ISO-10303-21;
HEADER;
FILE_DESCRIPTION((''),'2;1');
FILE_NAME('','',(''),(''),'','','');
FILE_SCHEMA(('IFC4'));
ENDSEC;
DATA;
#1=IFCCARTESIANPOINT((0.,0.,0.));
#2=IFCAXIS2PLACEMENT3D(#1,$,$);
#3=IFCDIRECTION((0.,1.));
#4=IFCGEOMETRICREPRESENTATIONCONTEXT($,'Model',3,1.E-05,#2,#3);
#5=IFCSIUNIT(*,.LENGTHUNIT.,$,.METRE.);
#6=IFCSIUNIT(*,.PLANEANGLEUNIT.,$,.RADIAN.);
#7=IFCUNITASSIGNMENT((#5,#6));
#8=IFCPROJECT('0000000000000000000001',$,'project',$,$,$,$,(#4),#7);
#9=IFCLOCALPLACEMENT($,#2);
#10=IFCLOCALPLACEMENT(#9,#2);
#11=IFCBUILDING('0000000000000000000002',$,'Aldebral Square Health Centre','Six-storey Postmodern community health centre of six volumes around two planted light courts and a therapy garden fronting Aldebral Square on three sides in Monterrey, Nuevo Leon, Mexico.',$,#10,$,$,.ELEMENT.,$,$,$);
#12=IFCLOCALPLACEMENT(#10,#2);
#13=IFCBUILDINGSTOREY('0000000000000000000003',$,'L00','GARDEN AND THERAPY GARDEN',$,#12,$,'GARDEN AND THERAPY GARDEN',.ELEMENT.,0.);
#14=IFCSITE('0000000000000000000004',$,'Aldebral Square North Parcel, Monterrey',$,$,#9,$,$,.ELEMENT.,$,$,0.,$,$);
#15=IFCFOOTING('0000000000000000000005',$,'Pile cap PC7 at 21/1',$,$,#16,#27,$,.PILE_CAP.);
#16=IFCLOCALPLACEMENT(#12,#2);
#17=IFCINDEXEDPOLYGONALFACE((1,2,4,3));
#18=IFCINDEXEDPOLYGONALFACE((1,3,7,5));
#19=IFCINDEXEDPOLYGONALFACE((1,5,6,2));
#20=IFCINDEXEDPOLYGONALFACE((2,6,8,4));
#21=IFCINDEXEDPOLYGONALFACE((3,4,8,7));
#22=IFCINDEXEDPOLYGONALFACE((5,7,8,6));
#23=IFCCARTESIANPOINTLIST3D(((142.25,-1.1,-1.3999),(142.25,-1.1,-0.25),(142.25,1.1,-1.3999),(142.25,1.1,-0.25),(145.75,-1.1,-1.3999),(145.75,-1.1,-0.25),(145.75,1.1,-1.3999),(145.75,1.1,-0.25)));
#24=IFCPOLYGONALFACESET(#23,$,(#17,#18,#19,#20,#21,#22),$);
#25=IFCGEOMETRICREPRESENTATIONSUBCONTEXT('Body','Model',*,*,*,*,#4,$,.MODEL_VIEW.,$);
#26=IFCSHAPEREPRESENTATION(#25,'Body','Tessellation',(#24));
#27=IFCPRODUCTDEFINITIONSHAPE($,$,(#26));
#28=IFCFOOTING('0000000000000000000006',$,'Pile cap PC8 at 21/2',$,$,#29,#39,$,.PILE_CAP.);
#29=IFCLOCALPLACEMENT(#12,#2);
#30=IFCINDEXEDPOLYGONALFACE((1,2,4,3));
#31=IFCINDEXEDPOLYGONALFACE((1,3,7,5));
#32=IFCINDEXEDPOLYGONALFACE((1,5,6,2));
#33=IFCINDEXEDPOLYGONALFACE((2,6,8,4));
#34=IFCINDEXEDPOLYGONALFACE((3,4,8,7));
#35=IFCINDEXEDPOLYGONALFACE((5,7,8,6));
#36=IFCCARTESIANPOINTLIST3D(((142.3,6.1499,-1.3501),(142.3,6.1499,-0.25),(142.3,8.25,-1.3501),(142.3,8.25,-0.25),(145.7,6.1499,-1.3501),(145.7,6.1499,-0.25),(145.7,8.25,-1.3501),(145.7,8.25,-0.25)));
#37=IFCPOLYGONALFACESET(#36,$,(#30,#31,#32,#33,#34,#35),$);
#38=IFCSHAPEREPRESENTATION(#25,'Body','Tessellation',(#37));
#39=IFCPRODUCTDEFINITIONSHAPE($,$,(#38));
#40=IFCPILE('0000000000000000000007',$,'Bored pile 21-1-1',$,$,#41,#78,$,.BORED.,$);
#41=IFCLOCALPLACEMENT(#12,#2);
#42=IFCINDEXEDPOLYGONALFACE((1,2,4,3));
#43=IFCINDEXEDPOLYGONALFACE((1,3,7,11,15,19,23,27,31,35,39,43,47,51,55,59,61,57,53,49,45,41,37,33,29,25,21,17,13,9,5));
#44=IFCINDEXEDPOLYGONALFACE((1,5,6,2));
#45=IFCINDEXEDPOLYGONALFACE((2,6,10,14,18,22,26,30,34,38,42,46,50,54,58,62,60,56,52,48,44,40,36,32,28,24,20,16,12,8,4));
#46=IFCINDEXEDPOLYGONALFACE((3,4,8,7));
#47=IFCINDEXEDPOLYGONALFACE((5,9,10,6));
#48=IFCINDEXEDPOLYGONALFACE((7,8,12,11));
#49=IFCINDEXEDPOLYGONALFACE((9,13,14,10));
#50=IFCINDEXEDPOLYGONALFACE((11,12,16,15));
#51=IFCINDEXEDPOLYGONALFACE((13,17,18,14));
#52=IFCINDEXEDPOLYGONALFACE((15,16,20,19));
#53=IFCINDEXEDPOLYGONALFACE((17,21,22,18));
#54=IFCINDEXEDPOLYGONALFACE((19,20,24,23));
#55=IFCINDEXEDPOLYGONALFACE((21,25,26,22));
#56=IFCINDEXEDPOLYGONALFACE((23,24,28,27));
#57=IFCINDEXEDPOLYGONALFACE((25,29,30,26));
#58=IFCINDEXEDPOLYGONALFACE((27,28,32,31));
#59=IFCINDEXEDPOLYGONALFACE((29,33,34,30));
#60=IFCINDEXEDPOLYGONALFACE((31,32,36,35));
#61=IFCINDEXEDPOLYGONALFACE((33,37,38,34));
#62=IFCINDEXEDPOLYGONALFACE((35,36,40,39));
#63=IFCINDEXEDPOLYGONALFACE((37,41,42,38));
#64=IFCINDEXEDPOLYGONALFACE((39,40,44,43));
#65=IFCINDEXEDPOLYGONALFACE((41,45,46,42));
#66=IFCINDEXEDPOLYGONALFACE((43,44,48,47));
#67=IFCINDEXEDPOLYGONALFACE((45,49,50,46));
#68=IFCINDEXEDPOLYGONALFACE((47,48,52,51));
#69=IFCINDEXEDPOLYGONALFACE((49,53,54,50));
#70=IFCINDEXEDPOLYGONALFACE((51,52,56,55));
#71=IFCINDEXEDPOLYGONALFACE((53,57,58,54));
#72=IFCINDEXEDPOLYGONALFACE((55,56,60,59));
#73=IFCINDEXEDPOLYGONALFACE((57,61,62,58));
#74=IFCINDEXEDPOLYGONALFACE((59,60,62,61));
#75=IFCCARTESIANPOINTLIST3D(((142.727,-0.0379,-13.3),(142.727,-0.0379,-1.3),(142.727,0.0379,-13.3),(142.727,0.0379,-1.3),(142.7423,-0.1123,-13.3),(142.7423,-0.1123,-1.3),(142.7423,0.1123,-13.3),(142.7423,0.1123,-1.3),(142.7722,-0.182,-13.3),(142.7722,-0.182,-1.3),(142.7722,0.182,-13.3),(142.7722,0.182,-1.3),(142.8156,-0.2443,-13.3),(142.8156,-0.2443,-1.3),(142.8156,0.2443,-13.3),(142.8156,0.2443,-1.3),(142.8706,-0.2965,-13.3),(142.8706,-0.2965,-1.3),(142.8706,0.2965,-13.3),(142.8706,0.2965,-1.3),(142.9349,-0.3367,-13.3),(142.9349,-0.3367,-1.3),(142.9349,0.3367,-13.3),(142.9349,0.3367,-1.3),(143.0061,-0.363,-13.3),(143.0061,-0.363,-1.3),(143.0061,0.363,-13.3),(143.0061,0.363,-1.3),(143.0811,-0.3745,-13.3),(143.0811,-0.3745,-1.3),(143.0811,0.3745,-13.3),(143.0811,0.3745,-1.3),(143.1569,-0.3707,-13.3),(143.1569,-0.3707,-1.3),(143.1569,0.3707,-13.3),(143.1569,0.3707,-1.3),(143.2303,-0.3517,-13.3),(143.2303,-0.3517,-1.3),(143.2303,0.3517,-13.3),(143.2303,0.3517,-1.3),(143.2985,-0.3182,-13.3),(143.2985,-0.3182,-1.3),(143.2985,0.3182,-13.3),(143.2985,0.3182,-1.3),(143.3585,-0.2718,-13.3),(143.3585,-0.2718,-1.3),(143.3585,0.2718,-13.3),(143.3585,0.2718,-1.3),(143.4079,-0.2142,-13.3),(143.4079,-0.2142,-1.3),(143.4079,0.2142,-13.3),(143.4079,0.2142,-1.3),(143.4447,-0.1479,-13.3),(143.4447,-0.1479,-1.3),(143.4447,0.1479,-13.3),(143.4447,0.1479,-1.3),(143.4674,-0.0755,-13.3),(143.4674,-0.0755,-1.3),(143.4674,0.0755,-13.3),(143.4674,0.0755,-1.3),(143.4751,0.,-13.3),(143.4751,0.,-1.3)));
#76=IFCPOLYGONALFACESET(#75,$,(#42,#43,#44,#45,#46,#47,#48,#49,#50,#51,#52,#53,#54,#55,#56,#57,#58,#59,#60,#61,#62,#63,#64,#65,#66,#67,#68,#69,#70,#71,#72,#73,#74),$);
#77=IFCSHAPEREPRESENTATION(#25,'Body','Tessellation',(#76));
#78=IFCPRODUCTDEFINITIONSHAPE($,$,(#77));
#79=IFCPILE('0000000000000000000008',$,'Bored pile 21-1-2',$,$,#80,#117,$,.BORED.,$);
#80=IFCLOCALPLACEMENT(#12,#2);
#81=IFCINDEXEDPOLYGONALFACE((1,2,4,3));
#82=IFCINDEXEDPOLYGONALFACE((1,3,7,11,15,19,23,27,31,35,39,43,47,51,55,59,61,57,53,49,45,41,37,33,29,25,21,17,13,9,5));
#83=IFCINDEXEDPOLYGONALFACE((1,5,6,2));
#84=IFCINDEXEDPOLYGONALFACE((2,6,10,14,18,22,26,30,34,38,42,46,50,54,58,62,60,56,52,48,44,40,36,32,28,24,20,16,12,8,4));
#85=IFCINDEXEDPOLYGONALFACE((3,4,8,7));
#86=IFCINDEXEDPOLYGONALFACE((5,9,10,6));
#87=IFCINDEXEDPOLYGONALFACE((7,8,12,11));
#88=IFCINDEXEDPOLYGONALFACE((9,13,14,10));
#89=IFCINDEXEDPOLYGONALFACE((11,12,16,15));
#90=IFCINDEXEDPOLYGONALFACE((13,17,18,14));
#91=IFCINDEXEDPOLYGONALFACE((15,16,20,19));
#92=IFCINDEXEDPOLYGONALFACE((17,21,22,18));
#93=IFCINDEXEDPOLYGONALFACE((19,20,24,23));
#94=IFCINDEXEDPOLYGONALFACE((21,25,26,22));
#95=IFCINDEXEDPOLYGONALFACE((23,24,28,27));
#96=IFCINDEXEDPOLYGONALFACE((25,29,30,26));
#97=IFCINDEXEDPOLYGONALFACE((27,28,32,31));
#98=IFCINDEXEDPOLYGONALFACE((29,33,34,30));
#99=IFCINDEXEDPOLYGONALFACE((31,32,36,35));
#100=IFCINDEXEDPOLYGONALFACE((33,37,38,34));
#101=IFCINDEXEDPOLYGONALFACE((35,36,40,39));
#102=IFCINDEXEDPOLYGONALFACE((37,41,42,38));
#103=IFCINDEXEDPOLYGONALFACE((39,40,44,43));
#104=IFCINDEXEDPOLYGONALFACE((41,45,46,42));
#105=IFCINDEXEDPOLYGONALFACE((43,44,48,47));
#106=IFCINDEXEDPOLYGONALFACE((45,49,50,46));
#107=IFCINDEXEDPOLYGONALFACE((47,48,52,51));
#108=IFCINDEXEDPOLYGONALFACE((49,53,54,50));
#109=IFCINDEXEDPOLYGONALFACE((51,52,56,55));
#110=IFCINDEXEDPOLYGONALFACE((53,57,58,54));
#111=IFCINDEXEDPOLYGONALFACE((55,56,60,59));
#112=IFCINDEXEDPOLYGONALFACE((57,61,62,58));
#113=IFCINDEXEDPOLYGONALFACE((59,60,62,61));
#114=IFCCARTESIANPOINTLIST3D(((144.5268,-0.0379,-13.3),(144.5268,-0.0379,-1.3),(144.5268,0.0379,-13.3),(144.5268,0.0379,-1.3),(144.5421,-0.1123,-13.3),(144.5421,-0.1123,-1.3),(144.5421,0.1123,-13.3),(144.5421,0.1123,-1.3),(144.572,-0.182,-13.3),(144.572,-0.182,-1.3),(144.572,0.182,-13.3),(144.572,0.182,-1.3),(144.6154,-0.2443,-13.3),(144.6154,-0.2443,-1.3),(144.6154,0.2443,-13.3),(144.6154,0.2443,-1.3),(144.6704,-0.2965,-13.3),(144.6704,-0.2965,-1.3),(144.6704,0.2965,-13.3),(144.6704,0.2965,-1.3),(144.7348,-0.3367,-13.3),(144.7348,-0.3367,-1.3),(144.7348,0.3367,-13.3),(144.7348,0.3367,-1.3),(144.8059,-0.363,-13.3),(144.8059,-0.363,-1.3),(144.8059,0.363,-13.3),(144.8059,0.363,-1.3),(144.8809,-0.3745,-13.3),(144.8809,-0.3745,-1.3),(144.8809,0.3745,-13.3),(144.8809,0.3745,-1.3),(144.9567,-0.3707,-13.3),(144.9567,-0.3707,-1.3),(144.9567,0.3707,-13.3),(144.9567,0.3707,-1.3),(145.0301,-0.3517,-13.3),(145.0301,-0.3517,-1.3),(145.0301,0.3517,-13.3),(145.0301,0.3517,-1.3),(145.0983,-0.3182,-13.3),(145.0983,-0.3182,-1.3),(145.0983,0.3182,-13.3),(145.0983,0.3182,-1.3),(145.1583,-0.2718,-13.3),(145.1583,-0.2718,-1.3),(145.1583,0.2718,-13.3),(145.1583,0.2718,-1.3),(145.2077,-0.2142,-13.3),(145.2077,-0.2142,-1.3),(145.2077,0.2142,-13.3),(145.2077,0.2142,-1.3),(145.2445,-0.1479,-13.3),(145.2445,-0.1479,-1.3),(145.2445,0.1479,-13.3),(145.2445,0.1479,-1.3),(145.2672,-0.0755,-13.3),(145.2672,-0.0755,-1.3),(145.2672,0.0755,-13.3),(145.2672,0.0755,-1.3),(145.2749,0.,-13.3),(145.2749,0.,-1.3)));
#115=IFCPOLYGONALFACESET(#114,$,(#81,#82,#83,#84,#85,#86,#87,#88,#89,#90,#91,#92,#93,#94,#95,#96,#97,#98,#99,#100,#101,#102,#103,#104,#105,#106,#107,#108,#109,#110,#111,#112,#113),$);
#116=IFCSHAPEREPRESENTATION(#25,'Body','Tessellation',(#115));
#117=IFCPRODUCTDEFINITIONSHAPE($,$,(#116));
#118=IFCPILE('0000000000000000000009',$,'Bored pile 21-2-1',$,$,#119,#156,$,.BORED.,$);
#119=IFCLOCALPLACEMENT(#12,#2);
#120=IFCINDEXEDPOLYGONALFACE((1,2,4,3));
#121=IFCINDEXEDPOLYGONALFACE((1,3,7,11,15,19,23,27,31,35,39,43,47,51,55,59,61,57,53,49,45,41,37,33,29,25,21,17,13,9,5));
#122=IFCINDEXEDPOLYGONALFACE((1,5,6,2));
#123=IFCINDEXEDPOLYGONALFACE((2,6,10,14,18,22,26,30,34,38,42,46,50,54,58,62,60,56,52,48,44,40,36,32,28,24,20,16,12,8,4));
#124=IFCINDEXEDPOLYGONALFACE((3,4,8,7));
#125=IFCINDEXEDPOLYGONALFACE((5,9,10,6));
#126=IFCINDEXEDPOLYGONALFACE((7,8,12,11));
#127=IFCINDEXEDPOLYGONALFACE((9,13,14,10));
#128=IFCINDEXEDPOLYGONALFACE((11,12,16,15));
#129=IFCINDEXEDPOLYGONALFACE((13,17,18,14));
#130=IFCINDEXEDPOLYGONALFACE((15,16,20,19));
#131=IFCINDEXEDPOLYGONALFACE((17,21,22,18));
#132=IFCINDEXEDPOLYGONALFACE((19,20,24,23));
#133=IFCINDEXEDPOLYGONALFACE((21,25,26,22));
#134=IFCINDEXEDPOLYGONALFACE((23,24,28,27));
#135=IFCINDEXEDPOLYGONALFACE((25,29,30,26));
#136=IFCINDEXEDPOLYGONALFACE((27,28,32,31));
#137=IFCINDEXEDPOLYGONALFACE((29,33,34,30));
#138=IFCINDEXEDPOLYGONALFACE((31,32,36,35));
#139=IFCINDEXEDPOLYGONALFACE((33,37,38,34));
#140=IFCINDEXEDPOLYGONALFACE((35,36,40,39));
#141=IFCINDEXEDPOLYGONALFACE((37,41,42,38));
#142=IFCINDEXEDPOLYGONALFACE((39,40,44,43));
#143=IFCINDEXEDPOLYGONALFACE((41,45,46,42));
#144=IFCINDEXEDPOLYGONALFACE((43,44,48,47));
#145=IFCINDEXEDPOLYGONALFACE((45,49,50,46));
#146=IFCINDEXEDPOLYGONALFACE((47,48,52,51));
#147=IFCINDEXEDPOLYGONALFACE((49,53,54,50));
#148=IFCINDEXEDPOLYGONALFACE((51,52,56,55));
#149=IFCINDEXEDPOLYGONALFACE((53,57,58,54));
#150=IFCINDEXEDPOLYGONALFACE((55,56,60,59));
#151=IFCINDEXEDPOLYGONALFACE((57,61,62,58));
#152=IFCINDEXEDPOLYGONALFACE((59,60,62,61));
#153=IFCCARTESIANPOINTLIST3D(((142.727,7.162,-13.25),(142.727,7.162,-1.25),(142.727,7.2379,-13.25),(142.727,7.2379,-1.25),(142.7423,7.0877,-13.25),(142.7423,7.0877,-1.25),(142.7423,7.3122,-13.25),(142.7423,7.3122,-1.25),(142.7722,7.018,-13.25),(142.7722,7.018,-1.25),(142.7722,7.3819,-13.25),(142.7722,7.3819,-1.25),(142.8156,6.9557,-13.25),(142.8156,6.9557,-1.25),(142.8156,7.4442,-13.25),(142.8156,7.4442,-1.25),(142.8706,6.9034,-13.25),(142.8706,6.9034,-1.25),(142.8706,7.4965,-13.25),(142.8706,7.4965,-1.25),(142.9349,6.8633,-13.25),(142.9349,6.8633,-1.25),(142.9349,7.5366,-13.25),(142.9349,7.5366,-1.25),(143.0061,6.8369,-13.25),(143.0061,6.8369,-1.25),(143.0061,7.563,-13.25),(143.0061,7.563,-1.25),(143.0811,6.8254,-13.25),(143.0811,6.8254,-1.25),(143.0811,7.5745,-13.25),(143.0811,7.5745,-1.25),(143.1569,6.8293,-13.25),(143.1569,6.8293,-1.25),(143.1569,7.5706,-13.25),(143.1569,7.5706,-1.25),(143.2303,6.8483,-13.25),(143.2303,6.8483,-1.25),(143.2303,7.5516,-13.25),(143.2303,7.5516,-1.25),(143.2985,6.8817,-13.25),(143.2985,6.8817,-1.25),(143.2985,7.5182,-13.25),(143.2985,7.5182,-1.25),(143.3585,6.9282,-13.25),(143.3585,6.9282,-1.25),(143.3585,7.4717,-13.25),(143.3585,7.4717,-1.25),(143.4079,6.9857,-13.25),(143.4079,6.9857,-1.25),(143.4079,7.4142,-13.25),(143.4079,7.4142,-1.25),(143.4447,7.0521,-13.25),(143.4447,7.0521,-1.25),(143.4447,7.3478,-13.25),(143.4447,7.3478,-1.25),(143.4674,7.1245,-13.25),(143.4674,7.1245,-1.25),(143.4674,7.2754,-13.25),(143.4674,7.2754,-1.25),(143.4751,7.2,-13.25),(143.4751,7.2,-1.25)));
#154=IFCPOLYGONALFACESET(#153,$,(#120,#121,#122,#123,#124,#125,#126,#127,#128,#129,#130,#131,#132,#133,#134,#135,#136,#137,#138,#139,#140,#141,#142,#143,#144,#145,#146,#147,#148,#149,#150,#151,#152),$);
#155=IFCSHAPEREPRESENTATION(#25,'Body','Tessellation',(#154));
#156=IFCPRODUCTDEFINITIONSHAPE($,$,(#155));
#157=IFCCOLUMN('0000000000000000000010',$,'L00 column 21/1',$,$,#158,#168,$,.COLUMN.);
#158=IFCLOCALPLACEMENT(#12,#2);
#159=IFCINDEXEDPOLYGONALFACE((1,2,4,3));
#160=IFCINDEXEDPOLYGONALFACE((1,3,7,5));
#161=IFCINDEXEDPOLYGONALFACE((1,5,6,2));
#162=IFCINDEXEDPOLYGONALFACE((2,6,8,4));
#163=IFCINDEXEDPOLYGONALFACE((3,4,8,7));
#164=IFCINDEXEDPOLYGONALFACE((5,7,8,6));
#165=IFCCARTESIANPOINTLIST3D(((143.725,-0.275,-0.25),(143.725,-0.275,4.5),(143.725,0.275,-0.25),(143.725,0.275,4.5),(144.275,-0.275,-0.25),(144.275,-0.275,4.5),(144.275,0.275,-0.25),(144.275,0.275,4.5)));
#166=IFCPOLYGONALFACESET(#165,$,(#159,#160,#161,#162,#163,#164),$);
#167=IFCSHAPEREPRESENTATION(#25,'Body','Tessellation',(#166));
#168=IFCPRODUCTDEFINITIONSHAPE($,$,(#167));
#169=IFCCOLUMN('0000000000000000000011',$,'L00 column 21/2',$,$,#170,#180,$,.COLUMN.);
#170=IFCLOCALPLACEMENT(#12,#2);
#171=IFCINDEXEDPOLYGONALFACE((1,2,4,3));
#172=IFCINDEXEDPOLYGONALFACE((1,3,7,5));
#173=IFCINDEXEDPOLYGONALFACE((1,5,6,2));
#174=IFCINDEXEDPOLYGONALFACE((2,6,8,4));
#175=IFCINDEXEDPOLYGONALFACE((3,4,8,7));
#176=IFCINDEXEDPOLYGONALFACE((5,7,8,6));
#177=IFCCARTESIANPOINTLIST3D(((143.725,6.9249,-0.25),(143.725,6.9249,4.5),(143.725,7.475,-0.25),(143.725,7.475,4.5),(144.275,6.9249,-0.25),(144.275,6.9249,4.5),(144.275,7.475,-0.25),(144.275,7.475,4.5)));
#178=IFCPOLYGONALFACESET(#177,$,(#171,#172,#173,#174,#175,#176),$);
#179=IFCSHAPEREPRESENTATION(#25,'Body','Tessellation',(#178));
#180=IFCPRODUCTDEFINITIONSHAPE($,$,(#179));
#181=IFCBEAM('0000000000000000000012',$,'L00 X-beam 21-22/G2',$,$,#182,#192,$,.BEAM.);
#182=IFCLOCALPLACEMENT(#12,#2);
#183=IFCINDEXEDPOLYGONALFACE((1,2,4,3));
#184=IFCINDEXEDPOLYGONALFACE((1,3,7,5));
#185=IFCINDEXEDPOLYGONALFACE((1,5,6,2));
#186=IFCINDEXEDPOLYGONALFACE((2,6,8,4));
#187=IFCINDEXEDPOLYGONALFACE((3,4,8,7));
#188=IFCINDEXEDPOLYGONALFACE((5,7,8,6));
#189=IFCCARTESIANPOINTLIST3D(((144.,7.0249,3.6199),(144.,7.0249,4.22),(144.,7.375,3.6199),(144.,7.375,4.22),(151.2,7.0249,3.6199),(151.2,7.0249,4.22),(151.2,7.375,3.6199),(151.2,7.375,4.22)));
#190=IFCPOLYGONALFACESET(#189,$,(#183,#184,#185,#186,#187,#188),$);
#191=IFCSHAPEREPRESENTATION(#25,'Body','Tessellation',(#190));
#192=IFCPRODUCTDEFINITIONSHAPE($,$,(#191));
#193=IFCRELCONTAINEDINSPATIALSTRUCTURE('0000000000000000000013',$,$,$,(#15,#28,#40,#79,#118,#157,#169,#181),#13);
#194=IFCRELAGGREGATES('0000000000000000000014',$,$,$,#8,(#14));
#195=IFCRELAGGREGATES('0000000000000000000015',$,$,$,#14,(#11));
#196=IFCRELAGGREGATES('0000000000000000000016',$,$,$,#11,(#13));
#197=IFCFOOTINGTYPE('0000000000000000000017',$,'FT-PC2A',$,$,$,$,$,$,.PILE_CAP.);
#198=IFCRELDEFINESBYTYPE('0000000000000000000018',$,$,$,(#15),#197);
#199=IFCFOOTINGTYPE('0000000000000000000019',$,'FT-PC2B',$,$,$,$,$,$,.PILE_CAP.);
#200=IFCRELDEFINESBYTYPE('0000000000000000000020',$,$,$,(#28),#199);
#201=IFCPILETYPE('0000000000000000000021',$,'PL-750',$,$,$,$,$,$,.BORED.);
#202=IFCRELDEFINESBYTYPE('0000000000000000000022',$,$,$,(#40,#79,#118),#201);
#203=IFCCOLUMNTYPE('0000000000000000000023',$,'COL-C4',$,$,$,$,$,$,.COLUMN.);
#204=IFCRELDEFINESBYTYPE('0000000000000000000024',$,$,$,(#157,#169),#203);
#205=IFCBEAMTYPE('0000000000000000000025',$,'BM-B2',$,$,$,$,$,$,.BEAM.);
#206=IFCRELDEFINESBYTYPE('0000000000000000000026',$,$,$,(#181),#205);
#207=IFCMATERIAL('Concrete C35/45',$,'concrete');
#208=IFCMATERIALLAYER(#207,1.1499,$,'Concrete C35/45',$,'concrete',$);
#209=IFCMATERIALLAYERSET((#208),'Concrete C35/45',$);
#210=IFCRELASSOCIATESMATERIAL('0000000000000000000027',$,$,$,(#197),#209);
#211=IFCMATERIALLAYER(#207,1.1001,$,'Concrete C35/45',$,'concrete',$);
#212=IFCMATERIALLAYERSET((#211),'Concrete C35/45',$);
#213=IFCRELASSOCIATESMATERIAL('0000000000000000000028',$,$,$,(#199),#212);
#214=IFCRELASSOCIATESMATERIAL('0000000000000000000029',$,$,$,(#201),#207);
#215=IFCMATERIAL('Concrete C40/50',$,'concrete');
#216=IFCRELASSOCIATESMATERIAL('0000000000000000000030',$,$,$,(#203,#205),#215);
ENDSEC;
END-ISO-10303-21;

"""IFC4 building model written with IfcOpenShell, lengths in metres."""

from ifc_helpers import new_model, si_unit, direction, frame, origin, origin_2d, place, context, subcontext, project, spatial, rectangle, circle, extrude, material, layer, layer_set, material_profile, profile_set, type_object, element, save


model = new_model("IFC4")

# Units and contexts
model_context = context("Model", 3, precision=1e-05, world=origin(), true_north=direction((0.0, 1.0)))
body_context = subcontext(model_context, "Body", "Model", "MODEL_VIEW")
ifc_project = project(units=[si_unit("LENGTHUNIT", "METRE"), si_unit("PLANEANGLEUNIT", "RADIAN")], contexts=[model_context])

# Site, building, storey
site_placement = place(None, origin())
site = spatial("IfcSite", under=ifc_project, at=site_placement, Name="Aldebral Square North Parcel, Monterrey", CompositionType="ELEMENT", RefElevation=0.0)
building_placement = place(site_placement, origin())
building = spatial("IfcBuilding", under=site, at=building_placement, Name="Aldebral Square Health Centre", Description="Six-storey Postmodern community health centre of six volumes around two planted light courts and a therapy garden fronting Aldebral Square on three sides in Monterrey, Nuevo Leon, Mexico.", CompositionType="ELEMENT")
storey_placement = place(building_placement, origin())
storey = spatial("IfcBuildingStorey", under=building, at=storey_placement, Name="L00", Description="GARDEN AND THERAPY GARDEN", LongName="GARDEN AND THERAPY GARDEN", CompositionType="ELEMENT", Elevation=0.0)

# Footings
ifc_material_1 = material(Name="Concrete C35/45", Category="concrete")
ifc_layer_1 = layer(ifc_material_1, 1.1499, Name="Concrete C35/45", Category="concrete")
ifc_layer_set_1 = layer_set([ifc_layer_1], Name="Concrete C35/45")
footing_type_1 = type_object("IfcFootingType", Name="FT-PC2A", PredefinedType="PILE_CAP", material=ifc_layer_set_1)
footing_1_placement = place(storey_placement, frame((144.0, 0.0, -1.3999), z_axis=(0.0, 0.0, 1.0), x_axis=(1.0, 0.0, 0.0)))
element("IfcFooting", 1, at=footing_1_placement, inside=storey, type_object=footing_type_1, Name="Pile cap PC7 at 21/1", PredefinedType="PILE_CAP", context=body_context, shape_type="SweptSolid", body=[
    extrude(rectangle(XDim=3.5, YDim=2.2, at=origin_2d()), origin(), (0.0, 0.0, 1.0), 1.1499),
])
ifc_layer_2 = layer(ifc_material_1, 1.1001, Name="Concrete C35/45", Category="concrete")
ifc_layer_set_2 = layer_set([ifc_layer_2], Name="Concrete C35/45")
footing_type_2 = type_object("IfcFootingType", Name="FT-PC2B", PredefinedType="PILE_CAP", material=ifc_layer_set_2)
footing_2_placement = place(storey_placement, frame((144.0, 7.2, -1.3501), z_axis=(0.0, 0.0, 1.0), x_axis=(1.0, 0.0, 0.0)))
element("IfcFooting", 2, at=footing_2_placement, inside=storey, type_object=footing_type_2, Name="Pile cap PC8 at 21/2", PredefinedType="PILE_CAP", context=body_context, shape_type="SweptSolid", body=[
    extrude(rectangle(XDim=3.3999, YDim=2.1001, at=origin_2d()), origin(), (0.0, 0.0, 1.0), 1.1001),
])

# Piles
ifc_material_profile_1 = material_profile(ifc_material_1, circle(Radius=0.375, at=origin_2d()), Name="PILE D750")
ifc_profile_set_1 = profile_set([ifc_material_profile_1], Name="Concrete C35/45")
pile_type = type_object("IfcPileType", Name="PL-750", PredefinedType="BORED", material=ifc_profile_set_1)
for number, where, z_axis, x_axis, name in (
    (3, (143.1001, 0.0, -1.3), (0.0, 0.0, -1.0), (1.0, 0.0, 0.0), "Bored pile 21-1-1"),
    (4, (144.8999, 0.0, -1.3), (0.0, 0.0, -1.0), (1.0, 0.0, 0.0), "Bored pile 21-1-2"),
    (5, (143.1001, 7.2, -1.25), (0.0, 0.0, -1.0), (1.0, 0.0, 0.0), "Bored pile 21-2-1"),
):
    element("IfcPile", number, at=place(storey_placement, frame(where, z_axis=z_axis, x_axis=x_axis)), inside=storey, type_object=pile_type, Name=name, PredefinedType="BORED", context=body_context, shape_type="SweptSolid", body=[
        extrude(circle(Radius=0.375, at=origin_2d()), origin(), (0.0, 0.0, 1.0), 12.0),
    ])

# Columns
ifc_material_2 = material(Name="Concrete C40/50", Category="concrete")
ifc_material_profile_2 = material_profile(ifc_material_2, rectangle(XDim=0.55, YDim=0.55, at=origin_2d()), Name="RC 550x550")
ifc_profile_set_2 = profile_set([ifc_material_profile_2], Name="Concrete C40/50")
column_type = type_object("IfcColumnType", Name="COL-C4", PredefinedType="COLUMN", material=ifc_profile_set_2)
for number, where, z_axis, x_axis, name in (
    (6, (144.0, 0.0, -0.25), (0.0, 0.0, 1.0), (1.0, 0.0, 0.0), "L00 column 21/1"),
    (7, (144.0, 7.2, -0.25), (0.0, 0.0, 1.0), (1.0, 0.0, 0.0), "L00 column 21/2"),
):
    element("IfcColumn", number, at=place(storey_placement, frame(where, z_axis=z_axis, x_axis=x_axis)), inside=storey, type_object=column_type, Name=name, PredefinedType="COLUMN", context=body_context, shape_type="SweptSolid", body=[
        extrude(rectangle(XDim=0.55, YDim=0.55, at=origin_2d()), origin(), (0.0, 0.0, 1.0), 4.75),
    ])

# Beam
ifc_material_profile_3 = material_profile(ifc_material_2, rectangle(XDim=0.3501, YDim=0.6001, at=origin_2d()), Name="RC 350x600")
ifc_profile_set_3 = profile_set([ifc_material_profile_3], Name="Concrete C40/50")
beam_type_1 = type_object("IfcBeamType", Name="BM-B2", PredefinedType="BEAM", material=ifc_profile_set_3)
beam_1_placement = place(storey_placement, frame((144.0, 7.2, 3.9199), z_axis=(1.0, 0.0, 0.0), x_axis=(0.0, 1.0, 0.0)))
element("IfcBeam", 8, at=beam_1_placement, inside=storey, type_object=beam_type_1, Name="L00 X-beam 21-22/G2", PredefinedType="BEAM", context=body_context, shape_type="SweptSolid", body=[
    extrude(rectangle(XDim=0.3501, YDim=0.6001, at=origin_2d()), origin(), (0.0, 0.0, 1.0), 7.2),
])

save(model, "model.ifc")
